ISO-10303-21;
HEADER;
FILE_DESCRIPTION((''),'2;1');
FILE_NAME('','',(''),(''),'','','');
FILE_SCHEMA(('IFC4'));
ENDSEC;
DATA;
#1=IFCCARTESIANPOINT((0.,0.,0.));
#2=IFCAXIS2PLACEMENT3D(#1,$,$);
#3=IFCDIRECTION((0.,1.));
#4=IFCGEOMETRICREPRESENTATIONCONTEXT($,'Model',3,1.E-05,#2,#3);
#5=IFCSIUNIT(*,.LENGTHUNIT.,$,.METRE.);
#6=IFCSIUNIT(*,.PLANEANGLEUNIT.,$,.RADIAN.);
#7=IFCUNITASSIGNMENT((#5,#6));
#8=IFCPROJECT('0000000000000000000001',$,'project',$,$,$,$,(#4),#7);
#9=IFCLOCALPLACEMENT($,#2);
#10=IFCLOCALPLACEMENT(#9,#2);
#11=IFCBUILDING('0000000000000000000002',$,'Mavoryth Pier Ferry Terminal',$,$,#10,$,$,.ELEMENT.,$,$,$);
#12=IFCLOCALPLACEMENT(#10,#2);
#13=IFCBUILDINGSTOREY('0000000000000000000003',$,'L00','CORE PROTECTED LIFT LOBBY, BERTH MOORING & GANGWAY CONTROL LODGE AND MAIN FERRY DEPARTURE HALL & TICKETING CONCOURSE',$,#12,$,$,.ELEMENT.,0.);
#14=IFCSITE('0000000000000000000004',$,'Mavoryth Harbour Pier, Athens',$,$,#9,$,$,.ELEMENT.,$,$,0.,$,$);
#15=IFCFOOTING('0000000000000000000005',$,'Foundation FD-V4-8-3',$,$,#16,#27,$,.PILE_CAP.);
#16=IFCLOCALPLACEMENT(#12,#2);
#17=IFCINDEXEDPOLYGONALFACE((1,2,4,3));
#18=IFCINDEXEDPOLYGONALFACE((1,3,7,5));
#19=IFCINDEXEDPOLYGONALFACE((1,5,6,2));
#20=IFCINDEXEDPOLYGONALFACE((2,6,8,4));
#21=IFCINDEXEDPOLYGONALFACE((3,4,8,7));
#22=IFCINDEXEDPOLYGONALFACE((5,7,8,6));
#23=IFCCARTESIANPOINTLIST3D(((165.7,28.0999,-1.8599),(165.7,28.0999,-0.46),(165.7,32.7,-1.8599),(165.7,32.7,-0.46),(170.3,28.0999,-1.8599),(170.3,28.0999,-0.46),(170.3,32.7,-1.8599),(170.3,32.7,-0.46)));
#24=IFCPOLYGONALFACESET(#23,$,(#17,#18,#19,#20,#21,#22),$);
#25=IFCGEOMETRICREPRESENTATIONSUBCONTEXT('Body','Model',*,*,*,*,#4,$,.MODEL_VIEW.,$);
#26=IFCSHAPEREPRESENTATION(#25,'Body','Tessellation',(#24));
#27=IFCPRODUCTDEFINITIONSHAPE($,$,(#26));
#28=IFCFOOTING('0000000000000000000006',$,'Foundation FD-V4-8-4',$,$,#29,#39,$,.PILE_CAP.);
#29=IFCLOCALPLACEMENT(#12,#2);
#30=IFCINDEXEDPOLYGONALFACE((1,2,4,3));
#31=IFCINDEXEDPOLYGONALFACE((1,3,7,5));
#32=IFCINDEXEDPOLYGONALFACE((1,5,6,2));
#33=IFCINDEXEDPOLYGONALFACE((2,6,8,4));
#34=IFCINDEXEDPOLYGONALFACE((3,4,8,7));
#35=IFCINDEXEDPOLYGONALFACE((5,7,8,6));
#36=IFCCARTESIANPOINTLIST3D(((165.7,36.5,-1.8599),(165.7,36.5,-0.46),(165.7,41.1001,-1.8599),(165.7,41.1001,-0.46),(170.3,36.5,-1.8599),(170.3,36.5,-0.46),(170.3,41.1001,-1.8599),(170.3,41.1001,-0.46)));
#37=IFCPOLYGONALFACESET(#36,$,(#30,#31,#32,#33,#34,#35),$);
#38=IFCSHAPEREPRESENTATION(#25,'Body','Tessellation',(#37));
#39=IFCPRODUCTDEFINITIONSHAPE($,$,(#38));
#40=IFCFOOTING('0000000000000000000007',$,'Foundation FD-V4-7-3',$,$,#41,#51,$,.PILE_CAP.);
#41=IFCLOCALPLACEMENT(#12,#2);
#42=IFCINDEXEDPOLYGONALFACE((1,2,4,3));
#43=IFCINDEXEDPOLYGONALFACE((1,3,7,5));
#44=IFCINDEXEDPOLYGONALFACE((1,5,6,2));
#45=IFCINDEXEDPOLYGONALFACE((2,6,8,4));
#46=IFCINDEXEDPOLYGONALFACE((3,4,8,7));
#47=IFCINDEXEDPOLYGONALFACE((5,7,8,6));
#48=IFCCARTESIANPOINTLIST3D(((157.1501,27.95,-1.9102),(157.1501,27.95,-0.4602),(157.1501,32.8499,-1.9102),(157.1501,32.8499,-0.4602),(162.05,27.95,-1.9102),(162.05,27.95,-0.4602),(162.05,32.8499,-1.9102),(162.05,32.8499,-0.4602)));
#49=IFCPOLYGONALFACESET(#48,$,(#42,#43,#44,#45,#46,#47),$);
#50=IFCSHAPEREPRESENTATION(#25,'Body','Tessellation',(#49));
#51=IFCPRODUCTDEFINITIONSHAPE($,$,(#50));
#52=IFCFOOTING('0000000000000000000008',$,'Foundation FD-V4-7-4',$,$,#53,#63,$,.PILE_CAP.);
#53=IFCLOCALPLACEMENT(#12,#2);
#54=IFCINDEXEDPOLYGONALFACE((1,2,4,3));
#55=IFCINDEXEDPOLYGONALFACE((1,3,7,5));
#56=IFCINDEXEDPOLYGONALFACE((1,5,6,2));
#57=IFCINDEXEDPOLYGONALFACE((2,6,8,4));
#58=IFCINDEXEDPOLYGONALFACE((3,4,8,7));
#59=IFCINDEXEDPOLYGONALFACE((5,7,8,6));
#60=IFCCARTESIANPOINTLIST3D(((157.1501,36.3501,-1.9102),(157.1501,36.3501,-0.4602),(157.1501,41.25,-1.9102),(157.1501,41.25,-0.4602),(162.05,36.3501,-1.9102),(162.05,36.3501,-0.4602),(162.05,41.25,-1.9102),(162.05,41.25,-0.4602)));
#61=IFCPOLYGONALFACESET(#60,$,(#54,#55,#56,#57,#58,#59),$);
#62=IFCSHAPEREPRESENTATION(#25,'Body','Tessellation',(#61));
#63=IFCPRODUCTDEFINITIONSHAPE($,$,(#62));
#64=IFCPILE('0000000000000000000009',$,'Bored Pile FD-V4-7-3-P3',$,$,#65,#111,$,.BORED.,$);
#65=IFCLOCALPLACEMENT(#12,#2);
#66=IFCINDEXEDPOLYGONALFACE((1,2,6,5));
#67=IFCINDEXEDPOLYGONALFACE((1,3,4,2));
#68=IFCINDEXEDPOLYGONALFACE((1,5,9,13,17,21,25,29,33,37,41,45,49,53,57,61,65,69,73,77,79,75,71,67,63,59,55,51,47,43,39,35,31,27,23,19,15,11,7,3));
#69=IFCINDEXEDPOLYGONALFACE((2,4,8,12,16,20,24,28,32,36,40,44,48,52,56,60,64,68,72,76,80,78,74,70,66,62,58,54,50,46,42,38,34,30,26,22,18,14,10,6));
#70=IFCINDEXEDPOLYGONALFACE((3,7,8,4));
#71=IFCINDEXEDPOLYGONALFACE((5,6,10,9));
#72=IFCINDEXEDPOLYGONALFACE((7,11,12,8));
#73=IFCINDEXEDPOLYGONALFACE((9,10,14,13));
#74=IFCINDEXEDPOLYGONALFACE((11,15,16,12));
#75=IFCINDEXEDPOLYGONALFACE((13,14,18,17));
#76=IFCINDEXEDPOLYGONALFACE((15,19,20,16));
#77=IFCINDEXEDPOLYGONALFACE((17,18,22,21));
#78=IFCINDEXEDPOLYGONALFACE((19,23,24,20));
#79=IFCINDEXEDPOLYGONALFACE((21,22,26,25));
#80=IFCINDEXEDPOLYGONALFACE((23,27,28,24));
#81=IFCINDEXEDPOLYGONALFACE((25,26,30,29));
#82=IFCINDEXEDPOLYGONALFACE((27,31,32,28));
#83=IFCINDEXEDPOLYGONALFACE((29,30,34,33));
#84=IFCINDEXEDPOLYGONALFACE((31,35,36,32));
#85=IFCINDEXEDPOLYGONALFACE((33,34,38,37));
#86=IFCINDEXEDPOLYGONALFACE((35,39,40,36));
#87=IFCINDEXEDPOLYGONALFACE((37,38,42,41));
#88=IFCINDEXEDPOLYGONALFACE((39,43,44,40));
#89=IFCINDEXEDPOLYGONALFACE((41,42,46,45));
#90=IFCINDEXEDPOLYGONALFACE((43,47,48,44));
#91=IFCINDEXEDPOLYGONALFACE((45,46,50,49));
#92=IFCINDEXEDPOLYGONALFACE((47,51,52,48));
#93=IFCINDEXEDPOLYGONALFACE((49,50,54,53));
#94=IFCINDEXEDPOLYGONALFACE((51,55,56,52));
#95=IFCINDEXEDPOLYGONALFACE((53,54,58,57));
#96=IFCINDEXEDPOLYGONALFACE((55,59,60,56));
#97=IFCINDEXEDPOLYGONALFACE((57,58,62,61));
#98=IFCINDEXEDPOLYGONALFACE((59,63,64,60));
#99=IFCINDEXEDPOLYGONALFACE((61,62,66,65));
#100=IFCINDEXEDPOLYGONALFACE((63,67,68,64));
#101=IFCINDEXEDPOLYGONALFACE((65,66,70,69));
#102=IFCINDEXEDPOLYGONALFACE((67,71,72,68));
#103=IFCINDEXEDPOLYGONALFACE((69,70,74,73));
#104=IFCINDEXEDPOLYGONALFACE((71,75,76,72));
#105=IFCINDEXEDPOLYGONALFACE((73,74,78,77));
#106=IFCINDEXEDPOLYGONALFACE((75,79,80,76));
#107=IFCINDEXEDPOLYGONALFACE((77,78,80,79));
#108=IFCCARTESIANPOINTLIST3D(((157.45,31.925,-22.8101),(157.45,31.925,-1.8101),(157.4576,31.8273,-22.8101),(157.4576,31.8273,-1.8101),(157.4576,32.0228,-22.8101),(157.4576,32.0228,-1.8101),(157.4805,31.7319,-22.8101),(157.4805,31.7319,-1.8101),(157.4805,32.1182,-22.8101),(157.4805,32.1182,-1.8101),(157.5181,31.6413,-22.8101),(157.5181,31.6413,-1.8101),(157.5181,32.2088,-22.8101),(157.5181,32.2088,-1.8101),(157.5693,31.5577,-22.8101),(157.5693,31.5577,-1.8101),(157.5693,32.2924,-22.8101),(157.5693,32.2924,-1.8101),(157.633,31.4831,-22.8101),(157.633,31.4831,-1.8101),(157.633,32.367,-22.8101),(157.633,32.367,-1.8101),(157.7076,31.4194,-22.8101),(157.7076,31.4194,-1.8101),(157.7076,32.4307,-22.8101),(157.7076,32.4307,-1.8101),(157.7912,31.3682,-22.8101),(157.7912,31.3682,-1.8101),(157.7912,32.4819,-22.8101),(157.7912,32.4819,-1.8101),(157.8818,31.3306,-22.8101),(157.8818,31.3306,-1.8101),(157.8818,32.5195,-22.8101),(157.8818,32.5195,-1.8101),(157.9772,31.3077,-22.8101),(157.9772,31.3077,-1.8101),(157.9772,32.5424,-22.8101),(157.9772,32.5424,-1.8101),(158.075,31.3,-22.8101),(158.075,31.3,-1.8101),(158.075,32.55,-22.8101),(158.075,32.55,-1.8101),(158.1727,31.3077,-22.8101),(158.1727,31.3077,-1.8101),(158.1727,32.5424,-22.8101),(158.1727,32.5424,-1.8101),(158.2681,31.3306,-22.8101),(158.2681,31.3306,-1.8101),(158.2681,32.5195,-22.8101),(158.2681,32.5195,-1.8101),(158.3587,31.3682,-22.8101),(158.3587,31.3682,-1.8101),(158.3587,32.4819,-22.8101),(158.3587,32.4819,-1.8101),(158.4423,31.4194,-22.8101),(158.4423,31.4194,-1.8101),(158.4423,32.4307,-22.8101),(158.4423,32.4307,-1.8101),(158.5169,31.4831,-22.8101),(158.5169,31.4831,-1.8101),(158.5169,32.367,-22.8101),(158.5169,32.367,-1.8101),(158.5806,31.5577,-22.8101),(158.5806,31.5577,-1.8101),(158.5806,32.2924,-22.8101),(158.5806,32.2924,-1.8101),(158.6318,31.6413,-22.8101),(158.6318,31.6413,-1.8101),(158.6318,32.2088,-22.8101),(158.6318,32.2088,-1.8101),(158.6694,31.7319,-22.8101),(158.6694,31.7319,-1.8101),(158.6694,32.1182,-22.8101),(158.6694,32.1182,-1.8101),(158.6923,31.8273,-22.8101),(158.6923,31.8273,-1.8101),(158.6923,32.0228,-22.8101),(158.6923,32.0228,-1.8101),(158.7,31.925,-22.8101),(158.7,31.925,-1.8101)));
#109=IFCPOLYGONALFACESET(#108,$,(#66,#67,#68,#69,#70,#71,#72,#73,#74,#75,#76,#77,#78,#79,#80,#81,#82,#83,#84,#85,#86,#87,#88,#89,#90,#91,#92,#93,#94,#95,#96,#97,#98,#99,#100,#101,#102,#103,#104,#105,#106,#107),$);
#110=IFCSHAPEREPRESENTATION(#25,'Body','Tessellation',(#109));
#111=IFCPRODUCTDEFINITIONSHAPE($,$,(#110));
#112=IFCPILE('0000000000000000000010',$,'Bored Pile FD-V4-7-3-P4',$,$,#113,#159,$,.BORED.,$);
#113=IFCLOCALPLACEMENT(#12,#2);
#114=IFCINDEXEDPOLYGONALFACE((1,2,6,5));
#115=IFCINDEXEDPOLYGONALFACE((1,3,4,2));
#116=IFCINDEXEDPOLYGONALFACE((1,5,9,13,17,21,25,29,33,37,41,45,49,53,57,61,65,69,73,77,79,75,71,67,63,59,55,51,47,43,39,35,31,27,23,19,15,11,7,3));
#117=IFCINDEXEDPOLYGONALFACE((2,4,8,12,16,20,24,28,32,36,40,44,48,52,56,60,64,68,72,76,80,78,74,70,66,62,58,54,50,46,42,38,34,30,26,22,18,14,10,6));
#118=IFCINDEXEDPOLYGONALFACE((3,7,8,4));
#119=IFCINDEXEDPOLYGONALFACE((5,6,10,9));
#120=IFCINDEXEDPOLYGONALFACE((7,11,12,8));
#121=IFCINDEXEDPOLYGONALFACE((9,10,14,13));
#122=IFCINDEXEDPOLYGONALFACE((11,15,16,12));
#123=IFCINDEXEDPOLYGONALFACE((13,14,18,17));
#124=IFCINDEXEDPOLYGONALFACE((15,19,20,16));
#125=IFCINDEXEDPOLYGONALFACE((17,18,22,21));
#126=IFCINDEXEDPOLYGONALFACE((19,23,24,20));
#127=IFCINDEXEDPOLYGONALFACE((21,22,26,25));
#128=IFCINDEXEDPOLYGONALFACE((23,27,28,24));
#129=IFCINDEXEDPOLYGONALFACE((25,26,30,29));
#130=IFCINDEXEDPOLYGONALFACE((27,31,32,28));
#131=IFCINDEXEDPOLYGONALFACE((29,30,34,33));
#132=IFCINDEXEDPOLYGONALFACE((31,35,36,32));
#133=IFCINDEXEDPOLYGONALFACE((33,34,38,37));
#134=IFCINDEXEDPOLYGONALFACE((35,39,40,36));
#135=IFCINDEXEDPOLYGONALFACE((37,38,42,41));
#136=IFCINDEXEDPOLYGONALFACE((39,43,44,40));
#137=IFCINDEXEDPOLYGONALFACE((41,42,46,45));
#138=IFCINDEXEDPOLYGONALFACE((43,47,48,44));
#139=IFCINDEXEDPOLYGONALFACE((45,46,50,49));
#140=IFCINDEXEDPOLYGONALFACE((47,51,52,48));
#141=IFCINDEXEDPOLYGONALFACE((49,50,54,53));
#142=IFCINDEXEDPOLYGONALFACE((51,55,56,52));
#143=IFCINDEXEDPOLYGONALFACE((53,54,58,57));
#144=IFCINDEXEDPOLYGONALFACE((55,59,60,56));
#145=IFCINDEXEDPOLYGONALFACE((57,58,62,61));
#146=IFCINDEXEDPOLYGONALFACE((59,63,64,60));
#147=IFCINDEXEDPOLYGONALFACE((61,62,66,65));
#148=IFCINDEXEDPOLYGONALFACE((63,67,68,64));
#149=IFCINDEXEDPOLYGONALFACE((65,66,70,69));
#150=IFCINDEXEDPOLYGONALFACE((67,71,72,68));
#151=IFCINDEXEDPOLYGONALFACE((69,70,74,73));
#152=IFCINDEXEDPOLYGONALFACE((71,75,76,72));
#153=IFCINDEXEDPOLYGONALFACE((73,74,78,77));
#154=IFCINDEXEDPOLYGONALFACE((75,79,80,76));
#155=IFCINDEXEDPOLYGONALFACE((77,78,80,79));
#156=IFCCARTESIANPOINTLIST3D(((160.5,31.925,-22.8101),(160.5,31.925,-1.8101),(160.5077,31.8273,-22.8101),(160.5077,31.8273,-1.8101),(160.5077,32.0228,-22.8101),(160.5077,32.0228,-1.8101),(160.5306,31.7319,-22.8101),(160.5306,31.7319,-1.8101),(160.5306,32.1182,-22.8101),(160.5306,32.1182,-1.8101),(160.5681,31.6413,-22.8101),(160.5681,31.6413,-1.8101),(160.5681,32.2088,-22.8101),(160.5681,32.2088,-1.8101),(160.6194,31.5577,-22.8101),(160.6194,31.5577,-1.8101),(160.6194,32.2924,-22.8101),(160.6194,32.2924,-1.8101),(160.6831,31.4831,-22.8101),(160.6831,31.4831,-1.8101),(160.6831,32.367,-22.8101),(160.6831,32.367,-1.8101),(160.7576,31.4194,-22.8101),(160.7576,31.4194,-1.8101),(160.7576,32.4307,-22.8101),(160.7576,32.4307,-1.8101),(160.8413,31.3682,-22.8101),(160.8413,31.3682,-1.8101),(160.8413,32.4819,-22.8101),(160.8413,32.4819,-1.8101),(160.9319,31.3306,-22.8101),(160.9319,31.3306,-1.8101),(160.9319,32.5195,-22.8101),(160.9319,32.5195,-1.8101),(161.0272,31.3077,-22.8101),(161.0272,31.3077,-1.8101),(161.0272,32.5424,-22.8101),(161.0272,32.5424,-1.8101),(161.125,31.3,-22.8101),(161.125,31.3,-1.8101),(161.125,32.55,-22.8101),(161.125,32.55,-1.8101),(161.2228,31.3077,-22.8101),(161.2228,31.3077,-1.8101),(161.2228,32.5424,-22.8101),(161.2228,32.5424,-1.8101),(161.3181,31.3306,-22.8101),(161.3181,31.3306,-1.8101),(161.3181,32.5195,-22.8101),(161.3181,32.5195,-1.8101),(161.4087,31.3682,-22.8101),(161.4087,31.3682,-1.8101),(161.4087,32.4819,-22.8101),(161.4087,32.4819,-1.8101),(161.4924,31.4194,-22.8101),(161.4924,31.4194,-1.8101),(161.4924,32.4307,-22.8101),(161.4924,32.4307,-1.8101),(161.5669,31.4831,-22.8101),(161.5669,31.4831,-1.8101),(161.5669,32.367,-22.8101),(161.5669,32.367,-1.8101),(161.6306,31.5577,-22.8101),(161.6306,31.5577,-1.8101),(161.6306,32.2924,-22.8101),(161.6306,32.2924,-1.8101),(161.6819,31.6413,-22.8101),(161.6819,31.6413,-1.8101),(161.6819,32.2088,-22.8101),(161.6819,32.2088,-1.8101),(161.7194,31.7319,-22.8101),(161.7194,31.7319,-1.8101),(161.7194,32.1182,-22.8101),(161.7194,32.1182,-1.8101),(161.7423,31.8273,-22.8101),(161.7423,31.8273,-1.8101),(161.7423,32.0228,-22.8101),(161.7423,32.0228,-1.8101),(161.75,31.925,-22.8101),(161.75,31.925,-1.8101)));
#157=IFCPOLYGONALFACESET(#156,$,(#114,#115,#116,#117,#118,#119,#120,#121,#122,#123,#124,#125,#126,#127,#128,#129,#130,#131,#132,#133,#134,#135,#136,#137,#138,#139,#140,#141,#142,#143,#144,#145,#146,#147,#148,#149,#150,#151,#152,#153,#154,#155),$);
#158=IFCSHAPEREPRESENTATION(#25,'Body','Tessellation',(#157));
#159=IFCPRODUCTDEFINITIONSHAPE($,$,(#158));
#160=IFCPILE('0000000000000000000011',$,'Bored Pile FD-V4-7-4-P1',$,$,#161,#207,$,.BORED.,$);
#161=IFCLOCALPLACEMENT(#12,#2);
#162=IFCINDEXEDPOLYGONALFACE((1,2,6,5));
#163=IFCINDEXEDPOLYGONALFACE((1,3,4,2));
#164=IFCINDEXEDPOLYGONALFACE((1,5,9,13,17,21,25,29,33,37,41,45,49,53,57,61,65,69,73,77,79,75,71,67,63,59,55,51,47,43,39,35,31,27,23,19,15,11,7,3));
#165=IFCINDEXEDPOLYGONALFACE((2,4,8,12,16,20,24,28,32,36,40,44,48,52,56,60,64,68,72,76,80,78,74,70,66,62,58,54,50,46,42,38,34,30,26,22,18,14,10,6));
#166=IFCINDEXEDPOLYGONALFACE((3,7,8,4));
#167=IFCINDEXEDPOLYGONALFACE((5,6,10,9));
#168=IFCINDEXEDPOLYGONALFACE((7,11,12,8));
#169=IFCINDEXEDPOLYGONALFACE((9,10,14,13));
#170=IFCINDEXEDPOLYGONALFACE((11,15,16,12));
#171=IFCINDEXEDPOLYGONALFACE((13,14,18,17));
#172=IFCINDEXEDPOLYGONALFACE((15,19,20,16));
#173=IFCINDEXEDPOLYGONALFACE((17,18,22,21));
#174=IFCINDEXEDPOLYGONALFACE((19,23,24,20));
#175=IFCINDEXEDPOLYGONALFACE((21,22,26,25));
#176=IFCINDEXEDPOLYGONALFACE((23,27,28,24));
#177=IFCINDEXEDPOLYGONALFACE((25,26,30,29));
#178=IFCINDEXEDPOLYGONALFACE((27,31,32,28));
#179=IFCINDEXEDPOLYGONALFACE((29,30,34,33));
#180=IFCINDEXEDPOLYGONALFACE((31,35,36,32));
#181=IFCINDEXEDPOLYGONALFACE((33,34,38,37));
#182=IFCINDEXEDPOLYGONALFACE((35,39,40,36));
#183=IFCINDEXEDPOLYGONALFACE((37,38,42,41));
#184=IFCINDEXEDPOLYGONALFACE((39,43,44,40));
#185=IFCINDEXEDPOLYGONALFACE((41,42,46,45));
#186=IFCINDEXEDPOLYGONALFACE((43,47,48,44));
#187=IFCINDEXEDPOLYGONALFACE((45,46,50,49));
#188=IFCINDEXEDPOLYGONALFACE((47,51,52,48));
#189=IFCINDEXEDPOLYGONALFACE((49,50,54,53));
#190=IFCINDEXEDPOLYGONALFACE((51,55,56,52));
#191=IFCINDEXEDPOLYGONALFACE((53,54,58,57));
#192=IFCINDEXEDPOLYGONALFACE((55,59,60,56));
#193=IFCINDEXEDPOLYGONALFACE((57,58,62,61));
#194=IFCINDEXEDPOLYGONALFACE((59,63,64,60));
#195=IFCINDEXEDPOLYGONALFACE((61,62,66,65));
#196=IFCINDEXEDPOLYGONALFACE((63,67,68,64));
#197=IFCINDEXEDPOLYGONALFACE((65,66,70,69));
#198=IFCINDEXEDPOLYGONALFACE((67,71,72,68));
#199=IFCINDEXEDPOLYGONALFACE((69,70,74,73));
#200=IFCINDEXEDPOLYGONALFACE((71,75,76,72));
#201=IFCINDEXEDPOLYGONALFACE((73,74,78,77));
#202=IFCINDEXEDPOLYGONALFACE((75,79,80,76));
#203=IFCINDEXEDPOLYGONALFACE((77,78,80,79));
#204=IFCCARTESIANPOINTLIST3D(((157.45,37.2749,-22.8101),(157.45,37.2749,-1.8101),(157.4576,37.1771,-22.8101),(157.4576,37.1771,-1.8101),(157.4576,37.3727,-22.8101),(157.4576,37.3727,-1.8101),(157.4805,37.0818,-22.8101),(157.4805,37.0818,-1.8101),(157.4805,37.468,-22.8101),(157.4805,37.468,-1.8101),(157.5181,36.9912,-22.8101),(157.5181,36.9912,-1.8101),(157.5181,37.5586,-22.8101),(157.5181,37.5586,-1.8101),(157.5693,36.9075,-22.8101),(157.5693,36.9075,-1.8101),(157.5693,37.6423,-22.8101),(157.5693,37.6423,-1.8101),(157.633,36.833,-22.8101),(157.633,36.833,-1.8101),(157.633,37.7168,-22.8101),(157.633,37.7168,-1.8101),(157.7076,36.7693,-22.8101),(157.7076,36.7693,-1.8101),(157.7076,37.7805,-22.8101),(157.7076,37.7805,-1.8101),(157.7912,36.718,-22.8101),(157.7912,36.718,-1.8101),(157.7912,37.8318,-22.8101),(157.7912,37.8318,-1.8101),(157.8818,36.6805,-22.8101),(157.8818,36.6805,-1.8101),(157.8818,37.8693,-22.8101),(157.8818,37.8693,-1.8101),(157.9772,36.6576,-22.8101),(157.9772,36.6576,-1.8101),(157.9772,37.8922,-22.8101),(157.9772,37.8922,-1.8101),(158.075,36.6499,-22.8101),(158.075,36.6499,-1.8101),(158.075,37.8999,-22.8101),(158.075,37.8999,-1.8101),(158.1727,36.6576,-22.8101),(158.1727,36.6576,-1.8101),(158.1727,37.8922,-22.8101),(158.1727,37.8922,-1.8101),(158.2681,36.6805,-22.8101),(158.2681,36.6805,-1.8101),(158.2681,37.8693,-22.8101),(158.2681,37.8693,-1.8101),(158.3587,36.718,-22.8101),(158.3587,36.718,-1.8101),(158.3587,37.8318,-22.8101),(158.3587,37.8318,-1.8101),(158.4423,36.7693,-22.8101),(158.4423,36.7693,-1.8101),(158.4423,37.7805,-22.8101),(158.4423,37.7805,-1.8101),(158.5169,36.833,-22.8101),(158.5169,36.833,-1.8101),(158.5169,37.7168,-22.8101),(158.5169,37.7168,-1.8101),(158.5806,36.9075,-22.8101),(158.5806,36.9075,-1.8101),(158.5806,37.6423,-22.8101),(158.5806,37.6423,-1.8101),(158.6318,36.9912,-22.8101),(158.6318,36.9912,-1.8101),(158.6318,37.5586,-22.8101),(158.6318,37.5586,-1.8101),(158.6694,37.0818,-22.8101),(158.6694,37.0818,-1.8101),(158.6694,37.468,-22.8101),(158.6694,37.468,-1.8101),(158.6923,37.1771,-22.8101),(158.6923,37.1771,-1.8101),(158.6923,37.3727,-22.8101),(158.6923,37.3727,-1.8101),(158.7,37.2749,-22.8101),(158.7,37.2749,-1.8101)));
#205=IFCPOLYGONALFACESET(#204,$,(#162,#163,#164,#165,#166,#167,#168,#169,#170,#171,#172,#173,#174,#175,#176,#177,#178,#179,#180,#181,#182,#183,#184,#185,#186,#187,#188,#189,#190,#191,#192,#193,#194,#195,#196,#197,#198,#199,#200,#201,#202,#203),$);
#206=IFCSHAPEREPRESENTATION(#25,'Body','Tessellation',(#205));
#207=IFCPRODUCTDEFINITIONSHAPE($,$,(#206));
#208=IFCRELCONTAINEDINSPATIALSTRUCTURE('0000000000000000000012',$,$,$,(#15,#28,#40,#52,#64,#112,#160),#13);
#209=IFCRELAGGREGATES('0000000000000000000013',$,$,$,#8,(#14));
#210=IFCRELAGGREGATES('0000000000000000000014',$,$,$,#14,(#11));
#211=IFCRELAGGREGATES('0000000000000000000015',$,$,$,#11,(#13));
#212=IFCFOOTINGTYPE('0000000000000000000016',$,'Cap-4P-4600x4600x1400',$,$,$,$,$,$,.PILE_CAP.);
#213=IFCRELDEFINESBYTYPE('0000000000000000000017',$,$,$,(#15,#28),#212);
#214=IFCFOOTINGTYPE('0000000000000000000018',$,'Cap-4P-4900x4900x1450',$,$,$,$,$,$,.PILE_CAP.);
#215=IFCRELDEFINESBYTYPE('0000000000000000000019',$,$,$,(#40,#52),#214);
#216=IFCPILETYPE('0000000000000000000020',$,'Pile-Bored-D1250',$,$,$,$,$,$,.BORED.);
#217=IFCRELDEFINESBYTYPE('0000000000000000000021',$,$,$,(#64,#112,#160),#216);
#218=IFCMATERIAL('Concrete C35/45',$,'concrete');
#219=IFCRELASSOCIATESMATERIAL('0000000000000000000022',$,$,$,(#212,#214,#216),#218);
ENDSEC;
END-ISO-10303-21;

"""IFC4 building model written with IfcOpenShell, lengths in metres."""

from ifc_helpers import new_model, si_unit, direction, frame, origin, origin_2d, place, context, subcontext, project, spatial, rectangle, circle, extrude, material, material_profile, profile_set, type_object, element, save


model = new_model("IFC4")

# Units and contexts
model_context = context("Model", 3, precision=1e-05, world=origin(), true_north=direction((0.0, 1.0)))
body_context = subcontext(model_context, "Body", "Model", "MODEL_VIEW")
ifc_project = project(units=[si_unit("LENGTHUNIT", "METRE"), si_unit("PLANEANGLEUNIT", "RADIAN")], contexts=[model_context])

# Site, building, storey
site_placement = place(None, origin())
site = spatial("IfcSite", under=ifc_project, at=site_placement, Name="Mavoryth Harbour Pier, Athens", CompositionType="ELEMENT", RefElevation=0.0)
building_placement = place(site_placement, origin())
building = spatial("IfcBuilding", under=site, at=building_placement, Name="Mavoryth Pier Ferry Terminal", CompositionType="ELEMENT")
storey_placement = place(building_placement, origin())
storey = spatial("IfcBuildingStorey", under=building, at=storey_placement, Name="L00", Description="CORE PROTECTED LIFT LOBBY, BERTH MOORING & GANGWAY CONTROL LODGE AND MAIN FERRY DEPARTURE HALL & TICKETING CONCOURSE", CompositionType="ELEMENT", Elevation=0.0)

# Footings
ifc_material_1 = material(Name="Concrete C35/45", Category="concrete")
footing_type_1 = type_object("IfcFootingType", Name="Cap-4P-4600x4600x1400", PredefinedType="PILE_CAP", material=ifc_material_1)
for number, where, z_axis, x_axis, name in (
    (1, (168.0, 30.3999, -1.8599), (0.0, 0.0, 1.0), (1.0, 0.0, 0.0), "Foundation FD-V4-8-3"),
    (2, (168.0, 38.8, -1.8599), (0.0, 0.0, 1.0), (1.0, 0.0, 0.0), "Foundation FD-V4-8-4"),
):
    element("IfcFooting", number, at=place(storey_placement, frame(where, z_axis=z_axis, x_axis=x_axis)), inside=storey, type_object=footing_type_1, Name=name, PredefinedType="PILE_CAP", context=body_context, shape_type="SweptSolid", body=[
        extrude(rectangle(XDim=4.6001, YDim=4.6001, at=origin_2d()), origin(), (0.0, 0.0, 1.0), 1.3999),
    ])
footing_type_2 = type_object("IfcFootingType", Name="Cap-4P-4900x4900x1450", PredefinedType="PILE_CAP", material=ifc_material_1)
for number, where, z_axis, x_axis, name in (
    (3, (159.6001, 30.3999, -1.9102), (0.0, 0.0, 1.0), (1.0, 0.0, 0.0), "Foundation FD-V4-7-3"),
    (4, (159.6001, 38.8, -1.9102), (0.0, 0.0, 1.0), (1.0, 0.0, 0.0), "Foundation FD-V4-7-4"),
):
    element("IfcFooting", number, at=place(storey_placement, frame(where, z_axis=z_axis, x_axis=x_axis)), inside=storey, type_object=footing_type_2, Name=name, PredefinedType="PILE_CAP", context=body_context, shape_type="SweptSolid", body=[
        extrude(rectangle(XDim=4.8999, YDim=4.8999, at=origin_2d()), origin(), (0.0, 0.0, 1.0), 1.45),
    ])

# Piles
ifc_material_profile_1 = material_profile(ifc_material_1, circle(Radius=0.625, at=origin_2d()), Name="PILE D1250", Category="concrete")
ifc_profile_set_1 = profile_set([ifc_material_profile_1], Name="Concrete C35/45 - PILE D1250")
pile_type = type_object("IfcPileType", Name="Pile-Bored-D1250", PredefinedType="BORED", material=ifc_profile_set_1)
for number, where, z_axis, x_axis, name in (
    (5, (158.075, 31.925, -1.8101), (0.0, 0.0, -1.0), (1.0, 0.0, 0.0), "Bored Pile FD-V4-7-3-P3"),
    (6, (161.125, 31.925, -1.8101), (0.0, 0.0, -1.0), (1.0, 0.0, 0.0), "Bored Pile FD-V4-7-3-P4"),
    (7, (158.075, 37.2749, -1.8101), (0.0, 0.0, -1.0), (1.0, 0.0, 0.0), "Bored Pile FD-V4-7-4-P1"),
):
    element("IfcPile", number, at=place(storey_placement, frame(where, z_axis=z_axis, x_axis=x_axis)), inside=storey, type_object=pile_type, Name=name, PredefinedType="BORED", context=body_context, shape_type="SweptSolid", body=[
        extrude(circle(Radius=0.625, at=origin_2d()), origin(), (0.0, 0.0, 1.0), 21.0),
    ])

save(model, "model.ifc")
